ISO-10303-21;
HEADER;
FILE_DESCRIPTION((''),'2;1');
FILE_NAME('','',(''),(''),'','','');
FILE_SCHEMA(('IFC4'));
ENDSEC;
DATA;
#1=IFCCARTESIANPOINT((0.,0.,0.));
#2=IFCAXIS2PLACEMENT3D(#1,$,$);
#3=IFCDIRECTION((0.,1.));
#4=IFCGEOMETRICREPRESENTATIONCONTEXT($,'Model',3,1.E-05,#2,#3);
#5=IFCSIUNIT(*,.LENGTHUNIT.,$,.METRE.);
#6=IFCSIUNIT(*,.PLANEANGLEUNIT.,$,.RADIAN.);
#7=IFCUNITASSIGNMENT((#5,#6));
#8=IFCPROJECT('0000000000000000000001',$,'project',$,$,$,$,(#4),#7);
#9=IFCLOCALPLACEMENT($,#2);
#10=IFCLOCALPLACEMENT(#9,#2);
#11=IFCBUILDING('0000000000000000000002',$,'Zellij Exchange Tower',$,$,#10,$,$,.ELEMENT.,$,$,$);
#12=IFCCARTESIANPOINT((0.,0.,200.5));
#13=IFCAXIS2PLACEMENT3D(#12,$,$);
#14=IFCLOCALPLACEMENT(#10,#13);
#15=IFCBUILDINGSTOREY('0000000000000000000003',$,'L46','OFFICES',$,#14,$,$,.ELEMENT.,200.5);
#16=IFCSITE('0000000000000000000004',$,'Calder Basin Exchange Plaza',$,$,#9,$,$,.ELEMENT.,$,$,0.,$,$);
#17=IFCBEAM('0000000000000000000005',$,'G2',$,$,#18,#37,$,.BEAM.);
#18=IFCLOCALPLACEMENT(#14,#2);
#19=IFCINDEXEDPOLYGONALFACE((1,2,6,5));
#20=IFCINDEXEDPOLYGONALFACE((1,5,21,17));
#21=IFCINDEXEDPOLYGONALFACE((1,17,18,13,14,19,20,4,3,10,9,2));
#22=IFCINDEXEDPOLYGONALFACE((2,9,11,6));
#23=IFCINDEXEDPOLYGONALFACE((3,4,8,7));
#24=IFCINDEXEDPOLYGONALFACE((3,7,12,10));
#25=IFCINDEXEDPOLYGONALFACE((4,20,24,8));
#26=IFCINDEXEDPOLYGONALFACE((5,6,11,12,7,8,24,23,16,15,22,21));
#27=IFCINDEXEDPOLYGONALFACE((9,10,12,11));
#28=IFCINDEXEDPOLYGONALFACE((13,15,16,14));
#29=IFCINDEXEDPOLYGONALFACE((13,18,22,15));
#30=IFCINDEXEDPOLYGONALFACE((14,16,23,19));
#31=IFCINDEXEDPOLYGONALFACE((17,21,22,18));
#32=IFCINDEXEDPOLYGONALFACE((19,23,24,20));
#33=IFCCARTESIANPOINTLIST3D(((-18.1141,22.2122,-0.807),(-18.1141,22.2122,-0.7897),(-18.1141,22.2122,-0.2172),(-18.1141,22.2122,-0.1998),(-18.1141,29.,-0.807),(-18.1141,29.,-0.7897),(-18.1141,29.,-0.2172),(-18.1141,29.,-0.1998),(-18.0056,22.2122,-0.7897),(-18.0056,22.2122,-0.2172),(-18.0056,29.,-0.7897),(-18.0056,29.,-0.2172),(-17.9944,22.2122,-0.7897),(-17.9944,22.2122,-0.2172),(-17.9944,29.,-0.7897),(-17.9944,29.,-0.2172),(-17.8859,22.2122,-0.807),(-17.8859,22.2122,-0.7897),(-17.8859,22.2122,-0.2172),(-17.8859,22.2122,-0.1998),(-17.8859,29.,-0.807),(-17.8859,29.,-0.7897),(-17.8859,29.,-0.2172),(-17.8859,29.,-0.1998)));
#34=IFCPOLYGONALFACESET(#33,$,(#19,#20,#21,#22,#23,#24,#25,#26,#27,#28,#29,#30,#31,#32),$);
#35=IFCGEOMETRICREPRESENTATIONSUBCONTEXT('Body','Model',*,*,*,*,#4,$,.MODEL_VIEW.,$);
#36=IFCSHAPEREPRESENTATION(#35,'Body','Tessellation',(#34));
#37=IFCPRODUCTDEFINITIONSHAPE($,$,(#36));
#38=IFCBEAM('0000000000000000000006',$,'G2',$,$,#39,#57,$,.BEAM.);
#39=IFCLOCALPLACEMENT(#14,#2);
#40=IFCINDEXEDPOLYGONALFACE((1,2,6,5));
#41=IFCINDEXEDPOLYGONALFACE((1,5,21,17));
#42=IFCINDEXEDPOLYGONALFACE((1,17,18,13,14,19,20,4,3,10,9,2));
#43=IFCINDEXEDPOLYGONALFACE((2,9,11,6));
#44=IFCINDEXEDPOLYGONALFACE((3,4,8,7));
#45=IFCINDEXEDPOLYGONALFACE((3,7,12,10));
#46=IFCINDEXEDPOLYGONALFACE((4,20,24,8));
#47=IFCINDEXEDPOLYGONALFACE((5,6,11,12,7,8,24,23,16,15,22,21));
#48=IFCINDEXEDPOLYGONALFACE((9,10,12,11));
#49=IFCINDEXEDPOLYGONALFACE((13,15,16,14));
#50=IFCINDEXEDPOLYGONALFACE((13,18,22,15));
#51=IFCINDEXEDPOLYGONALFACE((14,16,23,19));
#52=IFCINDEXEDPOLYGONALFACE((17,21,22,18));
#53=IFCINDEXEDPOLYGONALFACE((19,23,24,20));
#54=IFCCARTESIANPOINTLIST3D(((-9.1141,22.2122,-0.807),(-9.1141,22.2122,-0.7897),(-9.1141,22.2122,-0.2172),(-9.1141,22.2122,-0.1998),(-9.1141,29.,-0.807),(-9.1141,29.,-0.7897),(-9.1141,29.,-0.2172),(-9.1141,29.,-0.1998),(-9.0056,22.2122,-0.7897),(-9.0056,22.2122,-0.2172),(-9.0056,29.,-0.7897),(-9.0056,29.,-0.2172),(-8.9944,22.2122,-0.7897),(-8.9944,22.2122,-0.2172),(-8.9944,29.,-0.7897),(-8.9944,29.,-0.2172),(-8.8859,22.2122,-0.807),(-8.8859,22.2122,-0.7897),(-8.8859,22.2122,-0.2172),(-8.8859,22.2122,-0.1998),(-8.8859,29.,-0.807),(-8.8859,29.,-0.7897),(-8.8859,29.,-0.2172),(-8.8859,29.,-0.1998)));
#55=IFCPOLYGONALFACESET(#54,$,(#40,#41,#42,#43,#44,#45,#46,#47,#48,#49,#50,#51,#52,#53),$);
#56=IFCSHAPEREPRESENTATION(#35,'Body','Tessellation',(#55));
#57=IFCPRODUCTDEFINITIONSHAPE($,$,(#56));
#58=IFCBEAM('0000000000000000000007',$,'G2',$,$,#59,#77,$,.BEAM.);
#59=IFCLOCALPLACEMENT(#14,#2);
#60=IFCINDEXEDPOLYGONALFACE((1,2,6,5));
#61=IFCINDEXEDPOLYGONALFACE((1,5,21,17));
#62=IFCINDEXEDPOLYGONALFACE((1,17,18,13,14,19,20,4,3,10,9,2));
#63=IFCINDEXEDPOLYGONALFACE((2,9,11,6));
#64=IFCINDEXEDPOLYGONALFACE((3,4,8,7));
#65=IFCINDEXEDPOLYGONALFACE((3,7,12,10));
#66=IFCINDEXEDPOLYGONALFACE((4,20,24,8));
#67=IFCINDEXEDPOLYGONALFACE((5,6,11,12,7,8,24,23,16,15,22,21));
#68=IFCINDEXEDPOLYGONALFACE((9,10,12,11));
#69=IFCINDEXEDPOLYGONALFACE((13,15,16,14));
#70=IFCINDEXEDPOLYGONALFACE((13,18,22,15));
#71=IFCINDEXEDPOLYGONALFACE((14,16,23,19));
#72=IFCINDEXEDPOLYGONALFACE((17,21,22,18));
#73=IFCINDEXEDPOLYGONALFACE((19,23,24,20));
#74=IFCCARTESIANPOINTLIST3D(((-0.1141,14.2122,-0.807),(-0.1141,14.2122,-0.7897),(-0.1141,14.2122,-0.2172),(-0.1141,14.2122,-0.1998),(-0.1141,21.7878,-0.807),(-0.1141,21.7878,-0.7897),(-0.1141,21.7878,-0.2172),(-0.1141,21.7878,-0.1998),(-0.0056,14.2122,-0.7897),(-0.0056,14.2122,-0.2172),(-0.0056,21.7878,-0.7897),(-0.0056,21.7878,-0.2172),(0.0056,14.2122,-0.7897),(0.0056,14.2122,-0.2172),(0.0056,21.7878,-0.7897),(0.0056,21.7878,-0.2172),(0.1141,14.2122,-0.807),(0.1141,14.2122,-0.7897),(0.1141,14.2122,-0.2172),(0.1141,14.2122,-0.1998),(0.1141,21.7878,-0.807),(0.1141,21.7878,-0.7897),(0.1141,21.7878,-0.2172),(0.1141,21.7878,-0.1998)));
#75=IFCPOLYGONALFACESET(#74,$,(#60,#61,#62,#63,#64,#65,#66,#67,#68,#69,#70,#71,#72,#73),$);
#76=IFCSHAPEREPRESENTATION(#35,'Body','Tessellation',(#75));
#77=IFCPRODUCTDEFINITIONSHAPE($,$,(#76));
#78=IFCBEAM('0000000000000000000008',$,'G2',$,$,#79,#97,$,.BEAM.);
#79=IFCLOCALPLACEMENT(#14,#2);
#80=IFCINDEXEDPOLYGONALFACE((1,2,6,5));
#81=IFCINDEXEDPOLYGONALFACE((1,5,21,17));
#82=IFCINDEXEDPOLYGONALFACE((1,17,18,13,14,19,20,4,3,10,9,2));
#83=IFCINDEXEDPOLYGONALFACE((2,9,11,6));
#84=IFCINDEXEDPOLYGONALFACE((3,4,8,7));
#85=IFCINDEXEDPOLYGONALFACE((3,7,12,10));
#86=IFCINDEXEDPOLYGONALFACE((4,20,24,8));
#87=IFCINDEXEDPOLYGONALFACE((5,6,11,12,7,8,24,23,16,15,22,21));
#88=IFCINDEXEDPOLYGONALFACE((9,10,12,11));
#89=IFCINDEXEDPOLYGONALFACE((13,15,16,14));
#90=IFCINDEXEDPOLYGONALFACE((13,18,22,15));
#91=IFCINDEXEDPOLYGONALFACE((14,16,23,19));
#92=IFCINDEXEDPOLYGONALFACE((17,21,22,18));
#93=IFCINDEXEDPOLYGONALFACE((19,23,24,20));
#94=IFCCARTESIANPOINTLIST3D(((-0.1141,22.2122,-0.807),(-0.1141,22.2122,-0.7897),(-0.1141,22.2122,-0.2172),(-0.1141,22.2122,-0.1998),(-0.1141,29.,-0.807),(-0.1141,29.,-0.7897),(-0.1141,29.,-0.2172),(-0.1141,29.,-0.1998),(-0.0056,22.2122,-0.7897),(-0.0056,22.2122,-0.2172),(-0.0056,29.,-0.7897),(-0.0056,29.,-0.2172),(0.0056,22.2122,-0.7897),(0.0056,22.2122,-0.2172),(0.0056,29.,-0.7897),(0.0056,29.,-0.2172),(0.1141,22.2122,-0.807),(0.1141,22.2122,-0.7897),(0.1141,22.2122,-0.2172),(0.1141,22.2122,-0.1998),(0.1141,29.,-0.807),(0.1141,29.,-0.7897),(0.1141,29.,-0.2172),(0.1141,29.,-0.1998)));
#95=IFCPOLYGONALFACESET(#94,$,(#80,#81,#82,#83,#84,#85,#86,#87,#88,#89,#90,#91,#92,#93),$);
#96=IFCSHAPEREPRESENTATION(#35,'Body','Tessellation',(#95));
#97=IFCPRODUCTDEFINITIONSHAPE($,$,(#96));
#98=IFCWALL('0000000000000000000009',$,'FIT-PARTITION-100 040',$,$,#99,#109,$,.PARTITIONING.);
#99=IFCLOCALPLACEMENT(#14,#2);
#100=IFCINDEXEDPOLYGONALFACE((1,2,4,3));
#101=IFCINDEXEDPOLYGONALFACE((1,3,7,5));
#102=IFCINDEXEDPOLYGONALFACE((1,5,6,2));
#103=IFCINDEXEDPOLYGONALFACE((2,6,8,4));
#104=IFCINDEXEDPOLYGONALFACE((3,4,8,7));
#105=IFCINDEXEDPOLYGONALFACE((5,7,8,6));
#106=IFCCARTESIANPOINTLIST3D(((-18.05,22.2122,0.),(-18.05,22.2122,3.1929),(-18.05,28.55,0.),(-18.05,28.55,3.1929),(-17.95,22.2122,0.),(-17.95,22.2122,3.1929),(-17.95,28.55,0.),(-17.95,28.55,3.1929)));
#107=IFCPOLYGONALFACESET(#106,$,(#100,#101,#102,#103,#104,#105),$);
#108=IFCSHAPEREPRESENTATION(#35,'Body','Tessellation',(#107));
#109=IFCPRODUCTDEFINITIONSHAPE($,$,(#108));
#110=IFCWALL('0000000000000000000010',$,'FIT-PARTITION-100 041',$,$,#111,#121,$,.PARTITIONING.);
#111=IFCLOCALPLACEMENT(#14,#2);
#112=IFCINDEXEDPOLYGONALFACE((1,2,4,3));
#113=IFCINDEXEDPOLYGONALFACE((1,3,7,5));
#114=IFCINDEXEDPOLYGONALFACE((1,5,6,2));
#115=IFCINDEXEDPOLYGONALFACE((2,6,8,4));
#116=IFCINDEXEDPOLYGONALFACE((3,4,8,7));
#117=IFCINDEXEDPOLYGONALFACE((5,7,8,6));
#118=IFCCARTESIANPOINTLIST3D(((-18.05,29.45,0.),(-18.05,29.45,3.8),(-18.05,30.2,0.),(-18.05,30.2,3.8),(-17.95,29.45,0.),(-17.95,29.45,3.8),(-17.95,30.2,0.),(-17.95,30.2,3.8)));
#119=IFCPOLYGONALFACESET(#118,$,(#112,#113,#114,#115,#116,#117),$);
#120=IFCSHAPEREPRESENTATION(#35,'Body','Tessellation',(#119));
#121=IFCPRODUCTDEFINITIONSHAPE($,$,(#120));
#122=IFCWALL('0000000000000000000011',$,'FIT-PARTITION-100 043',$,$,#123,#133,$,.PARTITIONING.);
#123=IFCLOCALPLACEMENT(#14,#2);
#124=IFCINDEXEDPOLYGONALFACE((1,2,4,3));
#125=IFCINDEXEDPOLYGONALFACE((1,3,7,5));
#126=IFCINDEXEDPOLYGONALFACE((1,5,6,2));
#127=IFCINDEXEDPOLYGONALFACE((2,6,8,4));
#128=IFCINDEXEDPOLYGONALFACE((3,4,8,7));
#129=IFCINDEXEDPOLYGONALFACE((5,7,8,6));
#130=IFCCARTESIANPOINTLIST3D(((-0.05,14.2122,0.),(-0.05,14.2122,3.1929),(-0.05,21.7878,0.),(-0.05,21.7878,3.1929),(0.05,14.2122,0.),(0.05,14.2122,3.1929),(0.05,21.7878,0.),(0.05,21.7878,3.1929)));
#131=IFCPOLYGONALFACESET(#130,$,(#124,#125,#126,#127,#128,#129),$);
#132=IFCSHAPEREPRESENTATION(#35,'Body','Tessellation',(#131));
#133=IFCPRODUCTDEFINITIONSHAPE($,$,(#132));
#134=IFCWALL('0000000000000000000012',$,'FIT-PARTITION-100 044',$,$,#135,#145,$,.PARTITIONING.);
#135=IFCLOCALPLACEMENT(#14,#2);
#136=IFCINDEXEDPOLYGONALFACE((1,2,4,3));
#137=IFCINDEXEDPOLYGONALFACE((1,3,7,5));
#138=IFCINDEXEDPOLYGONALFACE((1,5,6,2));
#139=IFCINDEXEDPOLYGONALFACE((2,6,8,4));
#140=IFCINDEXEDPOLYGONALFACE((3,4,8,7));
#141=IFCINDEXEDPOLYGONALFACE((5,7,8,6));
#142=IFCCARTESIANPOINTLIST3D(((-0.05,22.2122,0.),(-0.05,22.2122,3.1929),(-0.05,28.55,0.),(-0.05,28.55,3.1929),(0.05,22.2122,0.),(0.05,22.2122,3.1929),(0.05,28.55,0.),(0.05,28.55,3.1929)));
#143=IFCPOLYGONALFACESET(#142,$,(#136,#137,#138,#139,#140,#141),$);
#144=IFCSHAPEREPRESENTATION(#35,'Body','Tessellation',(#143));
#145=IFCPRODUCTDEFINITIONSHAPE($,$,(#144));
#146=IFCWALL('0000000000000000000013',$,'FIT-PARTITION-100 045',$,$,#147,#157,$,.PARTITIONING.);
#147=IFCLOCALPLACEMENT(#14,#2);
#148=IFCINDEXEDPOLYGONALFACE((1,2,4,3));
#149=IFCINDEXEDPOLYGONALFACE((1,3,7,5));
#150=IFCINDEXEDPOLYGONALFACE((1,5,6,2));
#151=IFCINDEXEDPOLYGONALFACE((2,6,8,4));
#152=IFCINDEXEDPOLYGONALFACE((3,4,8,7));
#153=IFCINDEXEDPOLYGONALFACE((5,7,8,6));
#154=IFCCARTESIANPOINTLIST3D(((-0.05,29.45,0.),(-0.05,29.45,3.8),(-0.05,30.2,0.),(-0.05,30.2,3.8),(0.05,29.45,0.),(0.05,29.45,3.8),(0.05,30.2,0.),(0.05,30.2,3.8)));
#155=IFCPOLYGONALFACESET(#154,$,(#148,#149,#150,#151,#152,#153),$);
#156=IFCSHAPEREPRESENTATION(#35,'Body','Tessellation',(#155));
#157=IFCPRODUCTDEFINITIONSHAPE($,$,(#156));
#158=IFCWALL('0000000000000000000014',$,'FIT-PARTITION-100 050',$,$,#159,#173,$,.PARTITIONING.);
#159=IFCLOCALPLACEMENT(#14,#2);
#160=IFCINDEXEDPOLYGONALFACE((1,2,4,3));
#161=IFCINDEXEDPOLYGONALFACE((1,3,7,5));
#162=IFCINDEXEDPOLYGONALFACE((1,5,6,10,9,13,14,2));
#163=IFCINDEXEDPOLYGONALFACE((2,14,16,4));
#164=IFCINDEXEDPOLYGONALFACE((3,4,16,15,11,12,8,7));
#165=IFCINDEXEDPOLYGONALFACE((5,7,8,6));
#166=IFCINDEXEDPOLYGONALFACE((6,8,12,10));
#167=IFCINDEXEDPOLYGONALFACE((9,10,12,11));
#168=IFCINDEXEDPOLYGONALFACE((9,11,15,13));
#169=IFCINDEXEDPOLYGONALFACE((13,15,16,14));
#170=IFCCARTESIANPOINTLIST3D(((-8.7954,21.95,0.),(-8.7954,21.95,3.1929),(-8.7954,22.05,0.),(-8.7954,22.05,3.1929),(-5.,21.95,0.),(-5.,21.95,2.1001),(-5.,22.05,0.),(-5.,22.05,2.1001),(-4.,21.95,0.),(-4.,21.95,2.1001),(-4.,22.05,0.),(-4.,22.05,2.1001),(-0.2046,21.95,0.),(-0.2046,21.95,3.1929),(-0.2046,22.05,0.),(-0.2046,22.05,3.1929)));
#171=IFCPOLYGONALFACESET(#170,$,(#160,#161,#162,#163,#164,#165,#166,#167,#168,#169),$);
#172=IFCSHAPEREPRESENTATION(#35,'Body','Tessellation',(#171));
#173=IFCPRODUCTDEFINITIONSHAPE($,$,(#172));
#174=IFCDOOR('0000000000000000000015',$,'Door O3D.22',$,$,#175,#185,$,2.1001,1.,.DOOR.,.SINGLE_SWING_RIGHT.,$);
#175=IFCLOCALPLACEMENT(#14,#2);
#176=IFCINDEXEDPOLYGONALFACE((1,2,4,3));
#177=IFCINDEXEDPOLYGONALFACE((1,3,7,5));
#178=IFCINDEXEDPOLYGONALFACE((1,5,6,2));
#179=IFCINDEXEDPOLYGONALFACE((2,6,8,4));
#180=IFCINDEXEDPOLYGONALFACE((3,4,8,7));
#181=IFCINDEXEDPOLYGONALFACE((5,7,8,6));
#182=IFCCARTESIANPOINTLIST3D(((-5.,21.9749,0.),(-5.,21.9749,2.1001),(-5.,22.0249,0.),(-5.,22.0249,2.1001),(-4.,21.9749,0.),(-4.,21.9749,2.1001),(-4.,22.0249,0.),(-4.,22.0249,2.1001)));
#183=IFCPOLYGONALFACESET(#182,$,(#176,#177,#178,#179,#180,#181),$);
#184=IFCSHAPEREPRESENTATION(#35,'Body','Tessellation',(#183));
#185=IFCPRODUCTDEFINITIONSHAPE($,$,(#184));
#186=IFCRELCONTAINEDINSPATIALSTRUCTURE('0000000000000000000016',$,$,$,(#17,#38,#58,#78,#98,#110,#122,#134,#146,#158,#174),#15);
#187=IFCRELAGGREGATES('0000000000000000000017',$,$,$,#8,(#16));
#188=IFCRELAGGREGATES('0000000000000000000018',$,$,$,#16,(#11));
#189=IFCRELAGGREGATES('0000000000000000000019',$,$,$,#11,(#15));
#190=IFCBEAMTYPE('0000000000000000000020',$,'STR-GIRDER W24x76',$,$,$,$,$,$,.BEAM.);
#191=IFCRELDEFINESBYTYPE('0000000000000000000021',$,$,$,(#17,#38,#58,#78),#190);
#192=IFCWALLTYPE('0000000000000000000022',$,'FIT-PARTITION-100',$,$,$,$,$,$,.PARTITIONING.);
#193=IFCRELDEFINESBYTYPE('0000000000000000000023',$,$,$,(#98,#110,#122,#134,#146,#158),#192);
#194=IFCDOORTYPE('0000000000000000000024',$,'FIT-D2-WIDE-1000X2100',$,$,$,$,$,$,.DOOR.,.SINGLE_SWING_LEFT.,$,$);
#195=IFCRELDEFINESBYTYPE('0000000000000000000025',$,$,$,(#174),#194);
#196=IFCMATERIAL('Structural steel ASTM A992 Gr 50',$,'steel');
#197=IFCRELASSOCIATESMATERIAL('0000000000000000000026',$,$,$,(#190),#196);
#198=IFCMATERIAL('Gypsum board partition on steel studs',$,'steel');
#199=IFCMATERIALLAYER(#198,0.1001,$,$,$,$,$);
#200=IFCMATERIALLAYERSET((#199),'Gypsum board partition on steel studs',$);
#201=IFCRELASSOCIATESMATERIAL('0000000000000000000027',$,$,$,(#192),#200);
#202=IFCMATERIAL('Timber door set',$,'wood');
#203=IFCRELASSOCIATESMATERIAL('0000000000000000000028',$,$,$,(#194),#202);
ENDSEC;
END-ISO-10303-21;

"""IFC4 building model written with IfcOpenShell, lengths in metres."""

from ifc_helpers import new_model, si_unit, direction, frame, frame_2d, origin, origin_2d, place, context, subcontext, project, spatial, rectangle, i_section, extrude, material, layer, layer_set, material_profile, profile_set, type_object, element, fill, save


model = new_model("IFC4")

# Units and contexts
model_context = context("Model", 3, precision=1e-05, world=origin(), true_north=direction((0.0, 1.0)))
body_context = subcontext(model_context, "Body", "Model", "MODEL_VIEW")
ifc_project = project(units=[si_unit("LENGTHUNIT", "METRE"), si_unit("PLANEANGLEUNIT", "RADIAN")], contexts=[model_context])

# Site, building, storey
site_placement = place(None, origin())
site = spatial("IfcSite", under=ifc_project, at=site_placement, Name="Calder Basin Exchange Plaza", CompositionType="ELEMENT", RefElevation=0.0)
building_placement = place(site_placement, origin())
building = spatial("IfcBuilding", under=site, at=building_placement, Name="Zellij Exchange Tower", CompositionType="ELEMENT")
storey_placement = place(building_placement, frame((0.0, 0.0, 200.5)))
storey = spatial("IfcBuildingStorey", under=building, at=storey_placement, Name="L46", Description="OFFICES", CompositionType="ELEMENT", Elevation=200.5)

# Beams
ifc_material_1 = material(Name="Structural steel ASTM A992 Gr 50", Category="steel")
ifc_material_profile_1 = material_profile(ifc_material_1, i_section(OverallWidth=0.2283, OverallDepth=0.6072, WebThickness=0.0112, FlangeThickness=0.0173, at=origin_2d()), Name="W24x76")
ifc_profile_set_1 = profile_set([ifc_material_profile_1], Name="Structural steel ASTM A992 Gr 50")
beam_type = type_object("IfcBeamType", Name="STR-GIRDER W24x76", PredefinedType="BEAM", material=ifc_profile_set_1)
for number, where, z_axis, x_axis, name in (
    (1, (-18.0, 22.2122, -0.5034), (0.0, 1.0, 0.0), (-1.0, 0.0, 0.0), "G2"),
    (2, (-9.0, 22.2122, -0.5034), (0.0, 1.0, 0.0), (-1.0, 0.0, 0.0), "G2"),
):
    element("IfcBeam", number, at=place(storey_placement, frame(where, z_axis=z_axis, x_axis=x_axis)), inside=storey, type_object=beam_type, Name=name, PredefinedType="BEAM", context=body_context, shape_type="SweptSolid", body=[
        extrude(i_section(OverallWidth=0.2283, OverallDepth=0.6072, WebThickness=0.0112, FlangeThickness=0.0173, at=origin_2d()), origin(), (0.0, 0.0, 1.0), 6.7878),
    ])
beam_1_placement = place(storey_placement, frame((0.0, 14.2122, -0.5034), z_axis=(0.0, 1.0, 0.0), x_axis=(-1.0, 0.0, 0.0)))
element("IfcBeam", 3, at=beam_1_placement, inside=storey, type_object=beam_type, Name="G2", PredefinedType="BEAM", context=body_context, shape_type="SweptSolid", body=[
    extrude(i_section(OverallWidth=0.2283, OverallDepth=0.6072, WebThickness=0.0112, FlangeThickness=0.0173, at=origin_2d()), origin(), (0.0, 0.0, 1.0), 7.5757),
])
beam_2_placement = place(storey_placement, frame((0.0, 22.2122, -0.5034), z_axis=(0.0, 1.0, 0.0), x_axis=(-1.0, 0.0, 0.0)))
element("IfcBeam", 4, at=beam_2_placement, inside=storey, type_object=beam_type, Name="G2", PredefinedType="BEAM", context=body_context, shape_type="SweptSolid", body=[
    extrude(i_section(OverallWidth=0.2283, OverallDepth=0.6072, WebThickness=0.0112, FlangeThickness=0.0173, at=origin_2d()), origin(), (0.0, 0.0, 1.0), 6.7878),
])

# Walls
ifc_material_2 = material(Name="Gypsum board partition on steel studs", Category="steel")
ifc_layer = layer(ifc_material_2, 0.1001)
ifc_layer_set = layer_set([ifc_layer], Name="Gypsum board partition on steel studs")
wall_type = type_object("IfcWallType", Name="FIT-PARTITION-100", PredefinedType="PARTITIONING", material=ifc_layer_set)
wall_1_placement = place(storey_placement, frame((-18.0, 22.2122, 0.0), z_axis=(0.0, 0.0, 1.0), x_axis=(0.0, 1.0, 0.0)))
element("IfcWall", 5, at=wall_1_placement, inside=storey, type_object=wall_type, Name="FIT-PARTITION-100 040", PredefinedType="PARTITIONING", context=body_context, shape_type="SweptSolid", body=[
    extrude(rectangle(XDim=6.3379, YDim=0.1001, at=frame_2d((3.1689, 0.0))), origin(), (0.0, 0.0, 1.0), 3.1929),
])
wall_2_placement = place(storey_placement, frame((-18.0, 29.45, 0.0), z_axis=(0.0, 0.0, 1.0), x_axis=(0.0, 1.0, 0.0)))
element("IfcWall", 6, at=wall_2_placement, inside=storey, type_object=wall_type, Name="FIT-PARTITION-100 041", PredefinedType="PARTITIONING", context=body_context, shape_type="SweptSolid", body=[
    extrude(rectangle(XDim=0.75, YDim=0.1001, at=frame_2d((0.375, 0.0))), origin(), (0.0, 0.0, 1.0), 3.8),
])
wall_3_placement = place(storey_placement, frame((0.0, 14.2122, 0.0), z_axis=(0.0, 0.0, 1.0), x_axis=(0.0, 1.0, 0.0)))
element("IfcWall", 7, at=wall_3_placement, inside=storey, type_object=wall_type, Name="FIT-PARTITION-100 043", PredefinedType="PARTITIONING", context=body_context, shape_type="SweptSolid", body=[
    extrude(rectangle(XDim=7.5757, YDim=0.1001, at=frame_2d((3.7878, 0.0))), origin(), (0.0, 0.0, 1.0), 3.1929),
])
wall_4_placement = place(storey_placement, frame((0.0, 22.2122, 0.0), z_axis=(0.0, 0.0, 1.0), x_axis=(0.0, 1.0, 0.0)))
element("IfcWall", 8, at=wall_4_placement, inside=storey, type_object=wall_type, Name="FIT-PARTITION-100 044", PredefinedType="PARTITIONING", context=body_context, shape_type="SweptSolid", body=[
    extrude(rectangle(XDim=6.3379, YDim=0.1001, at=frame_2d((3.1689, 0.0))), origin(), (0.0, 0.0, 1.0), 3.1929),
])
wall_5_placement = place(storey_placement, frame((0.0, 29.45, 0.0), z_axis=(0.0, 0.0, 1.0), x_axis=(0.0, 1.0, 0.0)))
element("IfcWall", 9, at=wall_5_placement, inside=storey, type_object=wall_type, Name="FIT-PARTITION-100 045", PredefinedType="PARTITIONING", context=body_context, shape_type="SweptSolid", body=[
    extrude(rectangle(XDim=0.75, YDim=0.1001, at=frame_2d((0.375, 0.0))), origin(), (0.0, 0.0, 1.0), 3.8),
])

# Wall, opening, door
wall_6_placement = place(storey_placement, frame((-8.7954, 22.0, 0.0), z_axis=(0.0, 0.0, 1.0), x_axis=(1.0, 0.0, 0.0)))
wall_6 = element("IfcWall", 10, at=wall_6_placement, inside=storey, type_object=wall_type, Name="FIT-PARTITION-100 050", PredefinedType="PARTITIONING", context=body_context, shape_type="SweptSolid", body=[
    extrude(rectangle(XDim=8.5908, YDim=0.1001, at=frame_2d((4.2954, 0.0))), origin(), (0.0, 0.0, 1.0), 3.1929),
])
opening_placement = place(wall_6_placement, frame((3.7954, 0.0, 0.0)))
opening = element("IfcOpeningElement", 11, at=opening_placement, cuts=wall_6, PredefinedType="OPENING", context=body_context, shape_type="SweptSolid", body=[
    extrude(rectangle(XDim=1.0, YDim=2.1001, at=frame_2d((0.5, 1.05))), frame((0.0, 0.062, 0.0), z_axis=(0.0, -1.0, 0.0), x_axis=(1.0, 0.0, 0.0)), (0.0, 0.0, 1.0), 0.124),
])
ifc_material_3 = material(Name="Timber door set", Category="wood")
door_type = type_object("IfcDoorType", Name="FIT-D2-WIDE-1000X2100", OperationType="SINGLE_SWING_LEFT", PredefinedType="DOOR", material=ifc_material_3)
door_placement = place(opening_placement, origin())
door = element("IfcDoor", 12, at=door_placement, inside=storey, type_object=door_type, Name="Door O3D.22", OperationType="SINGLE_SWING_RIGHT", OverallHeight=2.1001, OverallWidth=1.0, PredefinedType="DOOR", context=body_context, shape_type="SweptSolid", body=[
    extrude(rectangle(XDim=1.0, YDim=2.1001, at=frame_2d((0.5, 1.05))), frame((0.0, 0.0249, 0.0), z_axis=(0.0, -1.0, 0.0), x_axis=(1.0, 0.0, 0.0)), (0.0, 0.0, 1.0), 0.05),
])
fill(opening, door)

save(model, "model.ifc")
